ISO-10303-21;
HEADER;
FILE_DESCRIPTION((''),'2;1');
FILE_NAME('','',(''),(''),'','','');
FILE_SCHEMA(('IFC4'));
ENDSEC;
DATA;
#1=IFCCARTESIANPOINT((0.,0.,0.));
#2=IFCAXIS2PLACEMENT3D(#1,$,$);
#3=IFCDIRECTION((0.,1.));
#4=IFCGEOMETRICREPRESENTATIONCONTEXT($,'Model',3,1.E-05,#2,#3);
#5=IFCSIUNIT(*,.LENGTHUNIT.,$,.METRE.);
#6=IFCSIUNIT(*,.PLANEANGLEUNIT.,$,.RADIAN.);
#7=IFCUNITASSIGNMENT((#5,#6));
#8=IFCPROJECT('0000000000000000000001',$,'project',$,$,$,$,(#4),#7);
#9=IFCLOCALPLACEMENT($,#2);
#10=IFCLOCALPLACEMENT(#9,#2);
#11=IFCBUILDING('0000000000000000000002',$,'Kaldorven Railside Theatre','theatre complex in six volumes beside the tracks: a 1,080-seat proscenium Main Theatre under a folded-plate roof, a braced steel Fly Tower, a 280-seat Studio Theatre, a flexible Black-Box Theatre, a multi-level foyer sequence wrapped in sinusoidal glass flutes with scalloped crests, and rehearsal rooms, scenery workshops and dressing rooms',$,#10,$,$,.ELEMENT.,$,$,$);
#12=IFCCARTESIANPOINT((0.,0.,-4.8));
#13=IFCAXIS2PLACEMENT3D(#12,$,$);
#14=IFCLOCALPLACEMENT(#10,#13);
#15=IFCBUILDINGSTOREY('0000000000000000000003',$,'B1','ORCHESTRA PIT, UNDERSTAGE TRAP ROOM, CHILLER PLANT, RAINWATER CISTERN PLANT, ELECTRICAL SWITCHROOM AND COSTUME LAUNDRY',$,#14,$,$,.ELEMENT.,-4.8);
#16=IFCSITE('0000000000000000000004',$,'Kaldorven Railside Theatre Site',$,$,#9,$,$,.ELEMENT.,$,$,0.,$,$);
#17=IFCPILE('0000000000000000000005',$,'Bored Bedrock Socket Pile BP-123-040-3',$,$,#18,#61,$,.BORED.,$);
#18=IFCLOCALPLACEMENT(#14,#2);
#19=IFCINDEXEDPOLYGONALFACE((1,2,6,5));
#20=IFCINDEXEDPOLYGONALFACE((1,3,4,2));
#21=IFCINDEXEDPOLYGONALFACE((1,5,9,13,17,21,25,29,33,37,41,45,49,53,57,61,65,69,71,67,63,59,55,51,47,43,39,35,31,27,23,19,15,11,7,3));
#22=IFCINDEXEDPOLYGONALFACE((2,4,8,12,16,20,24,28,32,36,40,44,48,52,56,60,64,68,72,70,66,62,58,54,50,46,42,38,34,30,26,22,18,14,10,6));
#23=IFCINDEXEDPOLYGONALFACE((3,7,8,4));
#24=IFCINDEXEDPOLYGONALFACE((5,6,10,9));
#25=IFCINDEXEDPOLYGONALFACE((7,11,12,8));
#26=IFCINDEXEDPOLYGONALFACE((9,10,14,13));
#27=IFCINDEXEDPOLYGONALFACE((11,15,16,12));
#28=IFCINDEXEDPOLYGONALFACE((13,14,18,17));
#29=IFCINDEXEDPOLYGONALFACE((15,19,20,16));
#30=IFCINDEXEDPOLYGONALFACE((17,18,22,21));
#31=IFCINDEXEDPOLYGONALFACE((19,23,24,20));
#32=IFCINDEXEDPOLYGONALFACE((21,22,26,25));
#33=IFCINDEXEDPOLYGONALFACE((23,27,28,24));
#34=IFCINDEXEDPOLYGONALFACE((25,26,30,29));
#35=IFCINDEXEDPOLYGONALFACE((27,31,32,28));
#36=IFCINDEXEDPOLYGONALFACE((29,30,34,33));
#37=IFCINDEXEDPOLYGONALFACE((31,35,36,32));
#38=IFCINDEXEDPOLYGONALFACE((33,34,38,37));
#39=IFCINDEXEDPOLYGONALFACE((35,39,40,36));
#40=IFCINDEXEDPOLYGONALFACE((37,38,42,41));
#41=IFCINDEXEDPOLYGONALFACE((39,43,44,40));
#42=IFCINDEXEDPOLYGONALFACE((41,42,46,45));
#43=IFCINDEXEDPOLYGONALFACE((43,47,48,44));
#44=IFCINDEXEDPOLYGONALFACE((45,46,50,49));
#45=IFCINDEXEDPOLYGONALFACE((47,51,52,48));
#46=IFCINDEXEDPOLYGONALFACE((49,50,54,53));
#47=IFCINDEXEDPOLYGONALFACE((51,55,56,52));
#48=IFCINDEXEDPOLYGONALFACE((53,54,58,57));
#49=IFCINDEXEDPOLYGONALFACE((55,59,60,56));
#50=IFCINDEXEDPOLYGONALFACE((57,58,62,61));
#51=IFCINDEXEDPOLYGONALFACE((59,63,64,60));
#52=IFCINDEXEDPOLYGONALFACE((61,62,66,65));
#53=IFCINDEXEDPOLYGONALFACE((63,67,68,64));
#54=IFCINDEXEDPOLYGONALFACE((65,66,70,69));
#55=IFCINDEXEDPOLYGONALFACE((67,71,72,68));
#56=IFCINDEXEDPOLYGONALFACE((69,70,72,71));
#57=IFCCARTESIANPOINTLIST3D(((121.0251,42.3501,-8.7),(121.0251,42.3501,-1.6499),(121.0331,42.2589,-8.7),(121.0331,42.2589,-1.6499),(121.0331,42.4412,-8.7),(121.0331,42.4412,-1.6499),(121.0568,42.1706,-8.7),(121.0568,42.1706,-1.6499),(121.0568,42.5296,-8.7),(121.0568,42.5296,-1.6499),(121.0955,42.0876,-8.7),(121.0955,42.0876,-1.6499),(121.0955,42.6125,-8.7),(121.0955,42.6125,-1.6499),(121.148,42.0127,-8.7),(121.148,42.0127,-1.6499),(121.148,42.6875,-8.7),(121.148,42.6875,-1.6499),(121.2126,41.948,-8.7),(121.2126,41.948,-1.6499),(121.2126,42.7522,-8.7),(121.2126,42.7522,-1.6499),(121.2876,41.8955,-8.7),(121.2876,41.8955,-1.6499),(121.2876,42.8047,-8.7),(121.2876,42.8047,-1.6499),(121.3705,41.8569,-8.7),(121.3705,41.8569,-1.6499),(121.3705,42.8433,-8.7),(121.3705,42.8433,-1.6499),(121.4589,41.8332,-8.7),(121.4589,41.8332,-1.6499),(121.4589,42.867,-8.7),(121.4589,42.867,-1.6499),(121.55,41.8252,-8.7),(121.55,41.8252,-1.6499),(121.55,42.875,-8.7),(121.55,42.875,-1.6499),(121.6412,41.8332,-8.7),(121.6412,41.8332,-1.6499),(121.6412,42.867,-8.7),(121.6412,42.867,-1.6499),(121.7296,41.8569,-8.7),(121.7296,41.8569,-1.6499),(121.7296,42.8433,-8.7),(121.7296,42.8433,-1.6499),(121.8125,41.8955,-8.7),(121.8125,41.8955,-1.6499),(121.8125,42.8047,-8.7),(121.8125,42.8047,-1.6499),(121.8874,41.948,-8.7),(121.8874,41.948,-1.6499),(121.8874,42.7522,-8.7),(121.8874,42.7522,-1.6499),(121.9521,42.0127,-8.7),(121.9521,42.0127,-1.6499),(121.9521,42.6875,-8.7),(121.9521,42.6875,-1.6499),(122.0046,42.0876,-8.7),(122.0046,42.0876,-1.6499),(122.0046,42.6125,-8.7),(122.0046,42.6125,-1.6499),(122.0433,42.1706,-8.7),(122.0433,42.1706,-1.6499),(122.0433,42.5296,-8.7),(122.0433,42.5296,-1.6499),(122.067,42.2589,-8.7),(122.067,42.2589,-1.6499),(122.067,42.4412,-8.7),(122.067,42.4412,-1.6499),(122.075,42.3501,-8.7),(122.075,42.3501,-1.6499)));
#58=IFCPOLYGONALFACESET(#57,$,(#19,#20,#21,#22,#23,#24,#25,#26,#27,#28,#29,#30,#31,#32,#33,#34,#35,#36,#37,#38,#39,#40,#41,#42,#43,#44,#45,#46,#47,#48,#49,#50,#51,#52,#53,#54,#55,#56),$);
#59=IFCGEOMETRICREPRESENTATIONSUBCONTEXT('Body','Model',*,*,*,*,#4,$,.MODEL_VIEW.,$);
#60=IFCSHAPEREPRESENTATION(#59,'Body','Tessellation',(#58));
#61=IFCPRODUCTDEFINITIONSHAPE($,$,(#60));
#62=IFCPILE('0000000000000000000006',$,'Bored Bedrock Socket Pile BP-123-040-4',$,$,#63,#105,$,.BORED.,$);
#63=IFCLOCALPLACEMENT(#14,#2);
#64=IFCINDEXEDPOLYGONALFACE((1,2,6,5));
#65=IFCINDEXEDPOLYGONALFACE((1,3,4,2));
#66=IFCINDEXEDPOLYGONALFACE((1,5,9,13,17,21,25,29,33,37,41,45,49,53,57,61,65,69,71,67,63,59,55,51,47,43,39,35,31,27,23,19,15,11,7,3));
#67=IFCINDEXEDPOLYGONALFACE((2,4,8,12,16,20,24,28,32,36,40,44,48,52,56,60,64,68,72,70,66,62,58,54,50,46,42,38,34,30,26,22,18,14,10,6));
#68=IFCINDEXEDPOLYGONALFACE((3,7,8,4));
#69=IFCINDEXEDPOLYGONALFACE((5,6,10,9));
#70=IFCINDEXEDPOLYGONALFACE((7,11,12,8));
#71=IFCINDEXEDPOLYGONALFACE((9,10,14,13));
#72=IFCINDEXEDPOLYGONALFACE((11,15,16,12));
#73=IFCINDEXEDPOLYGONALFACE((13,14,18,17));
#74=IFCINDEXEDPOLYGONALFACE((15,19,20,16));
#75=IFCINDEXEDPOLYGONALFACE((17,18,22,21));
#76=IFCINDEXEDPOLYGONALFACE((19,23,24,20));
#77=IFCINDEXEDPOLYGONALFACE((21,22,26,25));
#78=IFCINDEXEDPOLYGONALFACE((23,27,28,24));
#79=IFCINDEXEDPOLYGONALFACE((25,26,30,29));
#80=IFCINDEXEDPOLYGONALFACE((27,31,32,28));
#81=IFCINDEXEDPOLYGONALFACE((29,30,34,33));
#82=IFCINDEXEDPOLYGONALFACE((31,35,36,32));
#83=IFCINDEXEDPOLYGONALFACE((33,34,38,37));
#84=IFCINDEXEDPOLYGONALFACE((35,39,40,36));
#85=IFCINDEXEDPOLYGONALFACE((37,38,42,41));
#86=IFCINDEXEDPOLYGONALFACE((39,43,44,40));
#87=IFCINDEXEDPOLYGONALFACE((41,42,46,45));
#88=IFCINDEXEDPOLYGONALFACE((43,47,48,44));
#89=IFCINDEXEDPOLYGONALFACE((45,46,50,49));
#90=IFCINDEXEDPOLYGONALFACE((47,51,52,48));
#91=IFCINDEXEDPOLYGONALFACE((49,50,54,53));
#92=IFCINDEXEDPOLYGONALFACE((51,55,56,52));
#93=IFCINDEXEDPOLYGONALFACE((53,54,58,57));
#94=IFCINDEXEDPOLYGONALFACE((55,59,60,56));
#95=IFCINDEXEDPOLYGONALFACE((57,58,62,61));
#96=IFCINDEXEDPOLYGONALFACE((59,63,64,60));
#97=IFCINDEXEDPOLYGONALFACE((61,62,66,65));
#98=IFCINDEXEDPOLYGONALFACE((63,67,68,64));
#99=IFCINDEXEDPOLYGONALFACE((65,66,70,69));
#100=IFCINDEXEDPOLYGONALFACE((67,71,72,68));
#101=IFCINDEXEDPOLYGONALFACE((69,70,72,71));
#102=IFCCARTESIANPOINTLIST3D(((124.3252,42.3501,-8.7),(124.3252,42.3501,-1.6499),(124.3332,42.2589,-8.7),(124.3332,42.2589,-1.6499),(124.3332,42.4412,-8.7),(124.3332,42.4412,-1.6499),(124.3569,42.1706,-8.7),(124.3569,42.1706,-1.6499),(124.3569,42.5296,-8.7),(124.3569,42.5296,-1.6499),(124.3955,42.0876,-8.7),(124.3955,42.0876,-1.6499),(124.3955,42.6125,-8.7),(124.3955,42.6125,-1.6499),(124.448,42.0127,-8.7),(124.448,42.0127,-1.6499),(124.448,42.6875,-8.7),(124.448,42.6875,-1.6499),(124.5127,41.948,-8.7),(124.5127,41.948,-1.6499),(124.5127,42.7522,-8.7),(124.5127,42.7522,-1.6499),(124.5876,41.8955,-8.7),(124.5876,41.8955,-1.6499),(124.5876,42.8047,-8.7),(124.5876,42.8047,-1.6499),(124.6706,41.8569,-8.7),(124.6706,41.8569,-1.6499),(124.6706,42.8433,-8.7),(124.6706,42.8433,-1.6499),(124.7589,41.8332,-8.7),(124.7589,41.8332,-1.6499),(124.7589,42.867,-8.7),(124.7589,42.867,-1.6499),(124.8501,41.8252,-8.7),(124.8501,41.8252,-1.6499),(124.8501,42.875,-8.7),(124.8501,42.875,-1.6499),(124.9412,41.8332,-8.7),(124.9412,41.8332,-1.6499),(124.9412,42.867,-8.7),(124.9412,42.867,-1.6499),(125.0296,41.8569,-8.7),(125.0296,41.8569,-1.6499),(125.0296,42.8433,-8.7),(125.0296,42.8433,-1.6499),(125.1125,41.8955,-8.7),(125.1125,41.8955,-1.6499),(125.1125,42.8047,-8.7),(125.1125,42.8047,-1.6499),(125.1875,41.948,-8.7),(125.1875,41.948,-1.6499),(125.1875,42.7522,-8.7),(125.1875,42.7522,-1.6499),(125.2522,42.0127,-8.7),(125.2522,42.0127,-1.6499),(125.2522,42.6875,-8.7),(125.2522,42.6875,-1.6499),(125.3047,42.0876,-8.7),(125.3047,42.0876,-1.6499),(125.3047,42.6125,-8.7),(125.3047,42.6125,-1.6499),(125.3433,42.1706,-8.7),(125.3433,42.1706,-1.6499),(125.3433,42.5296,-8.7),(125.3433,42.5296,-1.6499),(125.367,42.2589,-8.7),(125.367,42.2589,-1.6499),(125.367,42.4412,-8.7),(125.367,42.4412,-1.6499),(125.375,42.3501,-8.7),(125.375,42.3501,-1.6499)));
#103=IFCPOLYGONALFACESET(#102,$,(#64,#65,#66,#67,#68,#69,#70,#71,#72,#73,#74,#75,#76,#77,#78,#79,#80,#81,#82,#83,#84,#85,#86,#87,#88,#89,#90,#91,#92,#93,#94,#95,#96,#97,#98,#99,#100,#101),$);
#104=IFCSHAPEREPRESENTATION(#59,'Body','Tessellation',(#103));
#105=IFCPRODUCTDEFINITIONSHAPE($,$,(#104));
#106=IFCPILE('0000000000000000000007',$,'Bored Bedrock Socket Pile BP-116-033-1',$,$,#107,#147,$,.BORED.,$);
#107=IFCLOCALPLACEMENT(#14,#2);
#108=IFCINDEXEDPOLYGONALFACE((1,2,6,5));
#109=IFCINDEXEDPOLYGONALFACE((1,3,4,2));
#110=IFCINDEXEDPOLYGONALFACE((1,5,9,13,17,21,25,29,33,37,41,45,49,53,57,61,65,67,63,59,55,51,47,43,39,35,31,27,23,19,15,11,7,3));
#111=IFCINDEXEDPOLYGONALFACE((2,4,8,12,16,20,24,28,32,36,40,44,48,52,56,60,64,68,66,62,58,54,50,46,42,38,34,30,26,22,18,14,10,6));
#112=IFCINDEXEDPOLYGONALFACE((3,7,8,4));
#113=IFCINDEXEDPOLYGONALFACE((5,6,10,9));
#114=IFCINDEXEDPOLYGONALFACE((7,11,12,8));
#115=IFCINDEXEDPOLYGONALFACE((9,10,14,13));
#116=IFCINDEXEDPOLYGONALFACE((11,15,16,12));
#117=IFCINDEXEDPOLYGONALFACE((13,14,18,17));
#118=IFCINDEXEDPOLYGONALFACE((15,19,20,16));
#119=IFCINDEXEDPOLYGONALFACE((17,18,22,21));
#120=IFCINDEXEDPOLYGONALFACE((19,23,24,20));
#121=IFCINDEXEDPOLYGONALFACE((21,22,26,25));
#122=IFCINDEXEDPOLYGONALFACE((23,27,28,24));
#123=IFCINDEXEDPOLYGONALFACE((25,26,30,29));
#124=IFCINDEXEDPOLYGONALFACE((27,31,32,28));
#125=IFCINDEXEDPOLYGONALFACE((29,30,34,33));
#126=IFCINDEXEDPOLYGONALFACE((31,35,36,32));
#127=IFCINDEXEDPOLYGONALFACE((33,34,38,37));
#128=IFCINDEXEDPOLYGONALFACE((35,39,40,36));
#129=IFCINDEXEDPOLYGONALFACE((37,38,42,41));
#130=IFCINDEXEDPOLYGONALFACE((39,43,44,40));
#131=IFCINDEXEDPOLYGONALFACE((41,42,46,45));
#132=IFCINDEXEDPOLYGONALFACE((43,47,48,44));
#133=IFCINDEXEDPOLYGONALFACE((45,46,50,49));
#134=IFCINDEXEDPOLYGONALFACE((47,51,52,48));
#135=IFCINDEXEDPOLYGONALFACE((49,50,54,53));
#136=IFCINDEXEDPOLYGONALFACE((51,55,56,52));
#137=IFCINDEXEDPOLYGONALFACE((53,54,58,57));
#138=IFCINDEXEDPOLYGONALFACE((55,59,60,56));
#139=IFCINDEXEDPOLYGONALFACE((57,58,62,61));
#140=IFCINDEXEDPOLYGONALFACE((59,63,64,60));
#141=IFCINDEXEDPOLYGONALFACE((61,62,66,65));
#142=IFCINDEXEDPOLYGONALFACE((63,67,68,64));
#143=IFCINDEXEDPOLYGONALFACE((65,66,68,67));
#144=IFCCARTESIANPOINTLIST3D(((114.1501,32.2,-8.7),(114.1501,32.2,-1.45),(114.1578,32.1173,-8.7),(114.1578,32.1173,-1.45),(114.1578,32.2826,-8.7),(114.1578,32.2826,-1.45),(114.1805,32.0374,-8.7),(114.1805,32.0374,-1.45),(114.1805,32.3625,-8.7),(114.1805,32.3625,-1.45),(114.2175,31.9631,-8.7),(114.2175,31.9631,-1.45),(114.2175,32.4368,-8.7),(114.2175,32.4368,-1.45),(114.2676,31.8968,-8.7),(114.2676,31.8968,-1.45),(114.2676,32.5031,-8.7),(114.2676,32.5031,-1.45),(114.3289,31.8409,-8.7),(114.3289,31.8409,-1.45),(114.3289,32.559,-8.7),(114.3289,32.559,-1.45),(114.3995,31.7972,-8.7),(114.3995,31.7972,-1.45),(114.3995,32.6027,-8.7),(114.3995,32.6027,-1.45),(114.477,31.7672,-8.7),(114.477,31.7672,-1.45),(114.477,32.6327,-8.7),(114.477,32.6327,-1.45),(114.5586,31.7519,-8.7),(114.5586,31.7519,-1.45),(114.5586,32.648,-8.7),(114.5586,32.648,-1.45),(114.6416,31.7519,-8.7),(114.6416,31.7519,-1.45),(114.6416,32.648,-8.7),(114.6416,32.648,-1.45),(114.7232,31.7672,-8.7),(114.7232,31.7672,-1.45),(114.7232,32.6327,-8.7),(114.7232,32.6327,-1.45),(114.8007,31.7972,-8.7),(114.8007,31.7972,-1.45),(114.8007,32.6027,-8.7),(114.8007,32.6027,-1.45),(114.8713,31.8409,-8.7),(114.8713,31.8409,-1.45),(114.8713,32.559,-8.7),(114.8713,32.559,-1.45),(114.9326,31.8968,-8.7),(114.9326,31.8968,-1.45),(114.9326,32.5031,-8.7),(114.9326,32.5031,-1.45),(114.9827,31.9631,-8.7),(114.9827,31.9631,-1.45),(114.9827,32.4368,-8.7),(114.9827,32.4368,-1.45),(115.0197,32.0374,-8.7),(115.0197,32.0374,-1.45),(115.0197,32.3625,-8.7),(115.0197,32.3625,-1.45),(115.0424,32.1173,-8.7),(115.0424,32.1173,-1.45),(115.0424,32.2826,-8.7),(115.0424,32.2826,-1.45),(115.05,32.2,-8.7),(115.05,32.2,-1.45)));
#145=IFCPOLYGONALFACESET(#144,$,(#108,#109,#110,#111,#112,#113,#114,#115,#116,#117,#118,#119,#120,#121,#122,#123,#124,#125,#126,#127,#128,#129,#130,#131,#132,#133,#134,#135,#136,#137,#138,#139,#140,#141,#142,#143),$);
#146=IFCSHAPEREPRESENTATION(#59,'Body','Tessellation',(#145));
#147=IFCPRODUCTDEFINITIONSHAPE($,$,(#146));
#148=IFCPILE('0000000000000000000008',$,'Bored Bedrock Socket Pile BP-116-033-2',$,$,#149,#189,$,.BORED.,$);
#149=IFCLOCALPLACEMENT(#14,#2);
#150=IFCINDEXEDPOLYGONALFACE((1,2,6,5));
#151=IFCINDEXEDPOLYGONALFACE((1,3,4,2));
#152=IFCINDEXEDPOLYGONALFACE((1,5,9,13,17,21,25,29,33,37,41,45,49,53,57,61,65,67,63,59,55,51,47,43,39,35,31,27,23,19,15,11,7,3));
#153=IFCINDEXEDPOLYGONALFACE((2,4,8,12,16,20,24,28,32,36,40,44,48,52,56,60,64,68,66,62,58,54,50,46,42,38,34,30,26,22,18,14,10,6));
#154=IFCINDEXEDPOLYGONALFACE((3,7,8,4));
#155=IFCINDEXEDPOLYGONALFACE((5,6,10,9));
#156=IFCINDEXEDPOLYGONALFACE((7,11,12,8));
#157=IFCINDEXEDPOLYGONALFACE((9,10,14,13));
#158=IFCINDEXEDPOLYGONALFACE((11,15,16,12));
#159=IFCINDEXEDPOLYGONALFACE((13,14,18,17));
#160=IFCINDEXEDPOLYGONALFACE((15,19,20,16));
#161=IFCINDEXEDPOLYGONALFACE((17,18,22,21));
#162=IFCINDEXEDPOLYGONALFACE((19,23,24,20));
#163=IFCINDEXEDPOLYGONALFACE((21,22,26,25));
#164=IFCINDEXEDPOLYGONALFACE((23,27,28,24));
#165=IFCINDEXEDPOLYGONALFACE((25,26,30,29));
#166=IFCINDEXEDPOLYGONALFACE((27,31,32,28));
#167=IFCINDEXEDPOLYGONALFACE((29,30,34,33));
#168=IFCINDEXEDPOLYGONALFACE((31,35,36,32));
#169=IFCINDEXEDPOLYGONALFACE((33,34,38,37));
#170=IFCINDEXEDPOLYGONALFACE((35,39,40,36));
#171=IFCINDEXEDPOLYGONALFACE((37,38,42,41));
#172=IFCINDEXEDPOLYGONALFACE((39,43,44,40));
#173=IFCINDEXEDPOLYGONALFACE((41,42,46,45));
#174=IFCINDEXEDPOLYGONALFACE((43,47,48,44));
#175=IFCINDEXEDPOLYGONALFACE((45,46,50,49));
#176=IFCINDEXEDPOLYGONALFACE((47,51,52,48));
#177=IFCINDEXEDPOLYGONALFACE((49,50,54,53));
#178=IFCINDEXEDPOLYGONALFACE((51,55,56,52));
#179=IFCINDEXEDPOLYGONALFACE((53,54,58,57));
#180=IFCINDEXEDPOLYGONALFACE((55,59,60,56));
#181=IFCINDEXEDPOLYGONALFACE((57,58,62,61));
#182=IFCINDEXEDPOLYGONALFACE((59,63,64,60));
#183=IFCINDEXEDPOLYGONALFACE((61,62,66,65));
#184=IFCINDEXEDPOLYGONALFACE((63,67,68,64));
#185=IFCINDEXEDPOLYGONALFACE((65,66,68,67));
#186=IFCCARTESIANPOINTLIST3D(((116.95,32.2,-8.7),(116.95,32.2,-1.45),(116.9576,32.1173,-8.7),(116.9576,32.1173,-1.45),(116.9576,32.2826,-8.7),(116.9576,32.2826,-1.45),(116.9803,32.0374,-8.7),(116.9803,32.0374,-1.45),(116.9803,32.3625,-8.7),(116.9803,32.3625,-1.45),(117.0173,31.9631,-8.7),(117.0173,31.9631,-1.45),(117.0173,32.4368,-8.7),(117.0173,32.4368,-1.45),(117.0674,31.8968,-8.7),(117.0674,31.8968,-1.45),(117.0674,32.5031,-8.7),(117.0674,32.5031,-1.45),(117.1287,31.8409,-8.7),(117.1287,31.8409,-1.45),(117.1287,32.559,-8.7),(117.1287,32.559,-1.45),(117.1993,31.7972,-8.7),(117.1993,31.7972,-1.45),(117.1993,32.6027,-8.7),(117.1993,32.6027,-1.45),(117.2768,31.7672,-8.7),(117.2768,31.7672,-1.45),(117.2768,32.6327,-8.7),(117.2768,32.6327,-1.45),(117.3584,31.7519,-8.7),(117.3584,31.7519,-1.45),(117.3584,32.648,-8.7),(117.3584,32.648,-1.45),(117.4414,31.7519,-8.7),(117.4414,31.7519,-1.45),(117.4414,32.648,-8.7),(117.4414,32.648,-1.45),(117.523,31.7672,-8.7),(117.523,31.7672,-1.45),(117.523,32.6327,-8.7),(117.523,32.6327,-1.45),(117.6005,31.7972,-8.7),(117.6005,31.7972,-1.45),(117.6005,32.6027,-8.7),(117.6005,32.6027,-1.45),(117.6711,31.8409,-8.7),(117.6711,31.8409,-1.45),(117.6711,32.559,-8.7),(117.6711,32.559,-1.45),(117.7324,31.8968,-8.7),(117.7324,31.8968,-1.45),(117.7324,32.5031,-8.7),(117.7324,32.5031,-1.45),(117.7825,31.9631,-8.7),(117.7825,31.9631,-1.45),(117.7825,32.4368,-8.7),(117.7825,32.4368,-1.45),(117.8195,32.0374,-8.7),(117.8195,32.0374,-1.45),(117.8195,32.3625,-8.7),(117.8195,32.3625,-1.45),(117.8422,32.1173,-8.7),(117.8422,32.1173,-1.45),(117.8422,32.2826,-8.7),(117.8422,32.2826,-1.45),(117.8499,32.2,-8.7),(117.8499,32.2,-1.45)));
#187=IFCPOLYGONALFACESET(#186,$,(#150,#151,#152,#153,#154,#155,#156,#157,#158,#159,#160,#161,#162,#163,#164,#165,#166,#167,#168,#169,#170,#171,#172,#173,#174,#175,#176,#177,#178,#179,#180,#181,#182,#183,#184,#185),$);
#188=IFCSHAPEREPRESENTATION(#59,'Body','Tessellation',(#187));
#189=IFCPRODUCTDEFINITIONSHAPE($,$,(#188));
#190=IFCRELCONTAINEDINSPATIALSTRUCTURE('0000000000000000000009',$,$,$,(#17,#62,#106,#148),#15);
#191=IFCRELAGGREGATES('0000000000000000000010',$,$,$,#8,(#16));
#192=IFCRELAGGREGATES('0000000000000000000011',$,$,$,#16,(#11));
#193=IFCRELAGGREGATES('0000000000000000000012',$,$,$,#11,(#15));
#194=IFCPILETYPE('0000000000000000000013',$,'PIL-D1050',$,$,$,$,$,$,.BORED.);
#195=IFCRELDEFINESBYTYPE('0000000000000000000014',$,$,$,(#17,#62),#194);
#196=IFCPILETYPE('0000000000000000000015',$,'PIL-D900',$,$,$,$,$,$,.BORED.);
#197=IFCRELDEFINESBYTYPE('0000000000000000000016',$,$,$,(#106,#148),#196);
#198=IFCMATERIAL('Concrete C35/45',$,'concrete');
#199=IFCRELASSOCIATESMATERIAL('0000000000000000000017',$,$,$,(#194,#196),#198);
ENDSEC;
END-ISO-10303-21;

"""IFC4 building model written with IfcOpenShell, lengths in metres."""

from ifc_helpers import new_model, si_unit, direction, frame, origin, origin_2d, place, context, subcontext, project, spatial, circle, extrude, material, material_profile, profile_set, type_object, element, save


model = new_model("IFC4")

# Units and contexts
model_context = context("Model", 3, precision=1e-05, world=origin(), true_north=direction((0.0, 1.0)))
body_context = subcontext(model_context, "Body", "Model", "MODEL_VIEW")
ifc_project = project(units=[si_unit("LENGTHUNIT", "METRE"), si_unit("PLANEANGLEUNIT", "RADIAN")], contexts=[model_context])

# Site, building, storey
site_placement = place(None, origin())
site = spatial("IfcSite", under=ifc_project, at=site_placement, Name="Kaldorven Railside Theatre Site", CompositionType="ELEMENT", RefElevation=0.0)
building_placement = place(site_placement, origin())
building = spatial("IfcBuilding", under=site, at=building_placement, Name="Kaldorven Railside Theatre", Description="theatre complex in six volumes beside the tracks: a 1,080-seat proscenium Main Theatre under a folded-plate roof, a braced steel Fly Tower, a 280-seat Studio Theatre, a flexible Black-Box Theatre, a multi-level foyer sequence wrapped in sinusoidal glass flutes with scalloped crests, and rehearsal rooms, scenery workshops and dressing rooms", CompositionType="ELEMENT")
storey_placement = place(building_placement, frame((0.0, 0.0, -4.8)))
storey = spatial("IfcBuildingStorey", under=building, at=storey_placement, Name="B1", Description="ORCHESTRA PIT, UNDERSTAGE TRAP ROOM, CHILLER PLANT, RAINWATER CISTERN PLANT, ELECTRICAL SWITCHROOM AND COSTUME LAUNDRY", CompositionType="ELEMENT", Elevation=-4.8)

# Piles
ifc_material_1 = material(Name="Concrete C35/45", Category="concrete")
ifc_material_profile_1 = material_profile(ifc_material_1, circle(Radius=0.5249, at=origin_2d()), Name="BP D1050")
ifc_profile_set_1 = profile_set([ifc_material_profile_1], Name="Concrete C35/45")
pile_type_1 = type_object("IfcPileType", Name="PIL-D1050", PredefinedType="BORED", material=ifc_profile_set_1)
for number, where, z_axis, x_axis, name in (
    (1, (121.55, 42.3501, -1.6499), (0.0, 0.0, -1.0), (1.0, 0.0, 0.0), "Bored Bedrock Socket Pile BP-123-040-3"),
    (2, (124.8501, 42.3501, -1.6499), (0.0, 0.0, -1.0), (1.0, 0.0, 0.0), "Bored Bedrock Socket Pile BP-123-040-4"),
):
    element("IfcPile", number, at=place(storey_placement, frame(where, z_axis=z_axis, x_axis=x_axis)), inside=storey, type_object=pile_type_1, Name=name, PredefinedType="BORED", context=body_context, shape_type="SweptSolid", body=[
        extrude(circle(Radius=0.5249, at=origin_2d()), origin(), (0.0, 0.0, 1.0), 7.05),
    ])
ifc_material_profile_2 = material_profile(ifc_material_1, circle(Radius=0.45, at=origin_2d()), Name="BP D900")
ifc_profile_set_2 = profile_set([ifc_material_profile_2], Name="Concrete C35/45")
pile_type_2 = type_object("IfcPileType", Name="PIL-D900", PredefinedType="BORED", material=ifc_profile_set_2)
for number, where, z_axis, x_axis, name in (
    (3, (114.6001, 32.2, -1.45), (0.0, 0.0, -1.0), (1.0, 0.0, 0.0), "Bored Bedrock Socket Pile BP-116-033-1"),
    (4, (117.3999, 32.2, -1.45), (0.0, 0.0, -1.0), (1.0, 0.0, 0.0), "Bored Bedrock Socket Pile BP-116-033-2"),
):
    element("IfcPile", number, at=place(storey_placement, frame(where, z_axis=z_axis, x_axis=x_axis)), inside=storey, type_object=pile_type_2, Name=name, PredefinedType="BORED", context=body_context, shape_type="SweptSolid", body=[
        extrude(circle(Radius=0.45, at=origin_2d()), origin(), (0.0, 0.0, 1.0), 7.25),
    ])

save(model, "model.ifc")
